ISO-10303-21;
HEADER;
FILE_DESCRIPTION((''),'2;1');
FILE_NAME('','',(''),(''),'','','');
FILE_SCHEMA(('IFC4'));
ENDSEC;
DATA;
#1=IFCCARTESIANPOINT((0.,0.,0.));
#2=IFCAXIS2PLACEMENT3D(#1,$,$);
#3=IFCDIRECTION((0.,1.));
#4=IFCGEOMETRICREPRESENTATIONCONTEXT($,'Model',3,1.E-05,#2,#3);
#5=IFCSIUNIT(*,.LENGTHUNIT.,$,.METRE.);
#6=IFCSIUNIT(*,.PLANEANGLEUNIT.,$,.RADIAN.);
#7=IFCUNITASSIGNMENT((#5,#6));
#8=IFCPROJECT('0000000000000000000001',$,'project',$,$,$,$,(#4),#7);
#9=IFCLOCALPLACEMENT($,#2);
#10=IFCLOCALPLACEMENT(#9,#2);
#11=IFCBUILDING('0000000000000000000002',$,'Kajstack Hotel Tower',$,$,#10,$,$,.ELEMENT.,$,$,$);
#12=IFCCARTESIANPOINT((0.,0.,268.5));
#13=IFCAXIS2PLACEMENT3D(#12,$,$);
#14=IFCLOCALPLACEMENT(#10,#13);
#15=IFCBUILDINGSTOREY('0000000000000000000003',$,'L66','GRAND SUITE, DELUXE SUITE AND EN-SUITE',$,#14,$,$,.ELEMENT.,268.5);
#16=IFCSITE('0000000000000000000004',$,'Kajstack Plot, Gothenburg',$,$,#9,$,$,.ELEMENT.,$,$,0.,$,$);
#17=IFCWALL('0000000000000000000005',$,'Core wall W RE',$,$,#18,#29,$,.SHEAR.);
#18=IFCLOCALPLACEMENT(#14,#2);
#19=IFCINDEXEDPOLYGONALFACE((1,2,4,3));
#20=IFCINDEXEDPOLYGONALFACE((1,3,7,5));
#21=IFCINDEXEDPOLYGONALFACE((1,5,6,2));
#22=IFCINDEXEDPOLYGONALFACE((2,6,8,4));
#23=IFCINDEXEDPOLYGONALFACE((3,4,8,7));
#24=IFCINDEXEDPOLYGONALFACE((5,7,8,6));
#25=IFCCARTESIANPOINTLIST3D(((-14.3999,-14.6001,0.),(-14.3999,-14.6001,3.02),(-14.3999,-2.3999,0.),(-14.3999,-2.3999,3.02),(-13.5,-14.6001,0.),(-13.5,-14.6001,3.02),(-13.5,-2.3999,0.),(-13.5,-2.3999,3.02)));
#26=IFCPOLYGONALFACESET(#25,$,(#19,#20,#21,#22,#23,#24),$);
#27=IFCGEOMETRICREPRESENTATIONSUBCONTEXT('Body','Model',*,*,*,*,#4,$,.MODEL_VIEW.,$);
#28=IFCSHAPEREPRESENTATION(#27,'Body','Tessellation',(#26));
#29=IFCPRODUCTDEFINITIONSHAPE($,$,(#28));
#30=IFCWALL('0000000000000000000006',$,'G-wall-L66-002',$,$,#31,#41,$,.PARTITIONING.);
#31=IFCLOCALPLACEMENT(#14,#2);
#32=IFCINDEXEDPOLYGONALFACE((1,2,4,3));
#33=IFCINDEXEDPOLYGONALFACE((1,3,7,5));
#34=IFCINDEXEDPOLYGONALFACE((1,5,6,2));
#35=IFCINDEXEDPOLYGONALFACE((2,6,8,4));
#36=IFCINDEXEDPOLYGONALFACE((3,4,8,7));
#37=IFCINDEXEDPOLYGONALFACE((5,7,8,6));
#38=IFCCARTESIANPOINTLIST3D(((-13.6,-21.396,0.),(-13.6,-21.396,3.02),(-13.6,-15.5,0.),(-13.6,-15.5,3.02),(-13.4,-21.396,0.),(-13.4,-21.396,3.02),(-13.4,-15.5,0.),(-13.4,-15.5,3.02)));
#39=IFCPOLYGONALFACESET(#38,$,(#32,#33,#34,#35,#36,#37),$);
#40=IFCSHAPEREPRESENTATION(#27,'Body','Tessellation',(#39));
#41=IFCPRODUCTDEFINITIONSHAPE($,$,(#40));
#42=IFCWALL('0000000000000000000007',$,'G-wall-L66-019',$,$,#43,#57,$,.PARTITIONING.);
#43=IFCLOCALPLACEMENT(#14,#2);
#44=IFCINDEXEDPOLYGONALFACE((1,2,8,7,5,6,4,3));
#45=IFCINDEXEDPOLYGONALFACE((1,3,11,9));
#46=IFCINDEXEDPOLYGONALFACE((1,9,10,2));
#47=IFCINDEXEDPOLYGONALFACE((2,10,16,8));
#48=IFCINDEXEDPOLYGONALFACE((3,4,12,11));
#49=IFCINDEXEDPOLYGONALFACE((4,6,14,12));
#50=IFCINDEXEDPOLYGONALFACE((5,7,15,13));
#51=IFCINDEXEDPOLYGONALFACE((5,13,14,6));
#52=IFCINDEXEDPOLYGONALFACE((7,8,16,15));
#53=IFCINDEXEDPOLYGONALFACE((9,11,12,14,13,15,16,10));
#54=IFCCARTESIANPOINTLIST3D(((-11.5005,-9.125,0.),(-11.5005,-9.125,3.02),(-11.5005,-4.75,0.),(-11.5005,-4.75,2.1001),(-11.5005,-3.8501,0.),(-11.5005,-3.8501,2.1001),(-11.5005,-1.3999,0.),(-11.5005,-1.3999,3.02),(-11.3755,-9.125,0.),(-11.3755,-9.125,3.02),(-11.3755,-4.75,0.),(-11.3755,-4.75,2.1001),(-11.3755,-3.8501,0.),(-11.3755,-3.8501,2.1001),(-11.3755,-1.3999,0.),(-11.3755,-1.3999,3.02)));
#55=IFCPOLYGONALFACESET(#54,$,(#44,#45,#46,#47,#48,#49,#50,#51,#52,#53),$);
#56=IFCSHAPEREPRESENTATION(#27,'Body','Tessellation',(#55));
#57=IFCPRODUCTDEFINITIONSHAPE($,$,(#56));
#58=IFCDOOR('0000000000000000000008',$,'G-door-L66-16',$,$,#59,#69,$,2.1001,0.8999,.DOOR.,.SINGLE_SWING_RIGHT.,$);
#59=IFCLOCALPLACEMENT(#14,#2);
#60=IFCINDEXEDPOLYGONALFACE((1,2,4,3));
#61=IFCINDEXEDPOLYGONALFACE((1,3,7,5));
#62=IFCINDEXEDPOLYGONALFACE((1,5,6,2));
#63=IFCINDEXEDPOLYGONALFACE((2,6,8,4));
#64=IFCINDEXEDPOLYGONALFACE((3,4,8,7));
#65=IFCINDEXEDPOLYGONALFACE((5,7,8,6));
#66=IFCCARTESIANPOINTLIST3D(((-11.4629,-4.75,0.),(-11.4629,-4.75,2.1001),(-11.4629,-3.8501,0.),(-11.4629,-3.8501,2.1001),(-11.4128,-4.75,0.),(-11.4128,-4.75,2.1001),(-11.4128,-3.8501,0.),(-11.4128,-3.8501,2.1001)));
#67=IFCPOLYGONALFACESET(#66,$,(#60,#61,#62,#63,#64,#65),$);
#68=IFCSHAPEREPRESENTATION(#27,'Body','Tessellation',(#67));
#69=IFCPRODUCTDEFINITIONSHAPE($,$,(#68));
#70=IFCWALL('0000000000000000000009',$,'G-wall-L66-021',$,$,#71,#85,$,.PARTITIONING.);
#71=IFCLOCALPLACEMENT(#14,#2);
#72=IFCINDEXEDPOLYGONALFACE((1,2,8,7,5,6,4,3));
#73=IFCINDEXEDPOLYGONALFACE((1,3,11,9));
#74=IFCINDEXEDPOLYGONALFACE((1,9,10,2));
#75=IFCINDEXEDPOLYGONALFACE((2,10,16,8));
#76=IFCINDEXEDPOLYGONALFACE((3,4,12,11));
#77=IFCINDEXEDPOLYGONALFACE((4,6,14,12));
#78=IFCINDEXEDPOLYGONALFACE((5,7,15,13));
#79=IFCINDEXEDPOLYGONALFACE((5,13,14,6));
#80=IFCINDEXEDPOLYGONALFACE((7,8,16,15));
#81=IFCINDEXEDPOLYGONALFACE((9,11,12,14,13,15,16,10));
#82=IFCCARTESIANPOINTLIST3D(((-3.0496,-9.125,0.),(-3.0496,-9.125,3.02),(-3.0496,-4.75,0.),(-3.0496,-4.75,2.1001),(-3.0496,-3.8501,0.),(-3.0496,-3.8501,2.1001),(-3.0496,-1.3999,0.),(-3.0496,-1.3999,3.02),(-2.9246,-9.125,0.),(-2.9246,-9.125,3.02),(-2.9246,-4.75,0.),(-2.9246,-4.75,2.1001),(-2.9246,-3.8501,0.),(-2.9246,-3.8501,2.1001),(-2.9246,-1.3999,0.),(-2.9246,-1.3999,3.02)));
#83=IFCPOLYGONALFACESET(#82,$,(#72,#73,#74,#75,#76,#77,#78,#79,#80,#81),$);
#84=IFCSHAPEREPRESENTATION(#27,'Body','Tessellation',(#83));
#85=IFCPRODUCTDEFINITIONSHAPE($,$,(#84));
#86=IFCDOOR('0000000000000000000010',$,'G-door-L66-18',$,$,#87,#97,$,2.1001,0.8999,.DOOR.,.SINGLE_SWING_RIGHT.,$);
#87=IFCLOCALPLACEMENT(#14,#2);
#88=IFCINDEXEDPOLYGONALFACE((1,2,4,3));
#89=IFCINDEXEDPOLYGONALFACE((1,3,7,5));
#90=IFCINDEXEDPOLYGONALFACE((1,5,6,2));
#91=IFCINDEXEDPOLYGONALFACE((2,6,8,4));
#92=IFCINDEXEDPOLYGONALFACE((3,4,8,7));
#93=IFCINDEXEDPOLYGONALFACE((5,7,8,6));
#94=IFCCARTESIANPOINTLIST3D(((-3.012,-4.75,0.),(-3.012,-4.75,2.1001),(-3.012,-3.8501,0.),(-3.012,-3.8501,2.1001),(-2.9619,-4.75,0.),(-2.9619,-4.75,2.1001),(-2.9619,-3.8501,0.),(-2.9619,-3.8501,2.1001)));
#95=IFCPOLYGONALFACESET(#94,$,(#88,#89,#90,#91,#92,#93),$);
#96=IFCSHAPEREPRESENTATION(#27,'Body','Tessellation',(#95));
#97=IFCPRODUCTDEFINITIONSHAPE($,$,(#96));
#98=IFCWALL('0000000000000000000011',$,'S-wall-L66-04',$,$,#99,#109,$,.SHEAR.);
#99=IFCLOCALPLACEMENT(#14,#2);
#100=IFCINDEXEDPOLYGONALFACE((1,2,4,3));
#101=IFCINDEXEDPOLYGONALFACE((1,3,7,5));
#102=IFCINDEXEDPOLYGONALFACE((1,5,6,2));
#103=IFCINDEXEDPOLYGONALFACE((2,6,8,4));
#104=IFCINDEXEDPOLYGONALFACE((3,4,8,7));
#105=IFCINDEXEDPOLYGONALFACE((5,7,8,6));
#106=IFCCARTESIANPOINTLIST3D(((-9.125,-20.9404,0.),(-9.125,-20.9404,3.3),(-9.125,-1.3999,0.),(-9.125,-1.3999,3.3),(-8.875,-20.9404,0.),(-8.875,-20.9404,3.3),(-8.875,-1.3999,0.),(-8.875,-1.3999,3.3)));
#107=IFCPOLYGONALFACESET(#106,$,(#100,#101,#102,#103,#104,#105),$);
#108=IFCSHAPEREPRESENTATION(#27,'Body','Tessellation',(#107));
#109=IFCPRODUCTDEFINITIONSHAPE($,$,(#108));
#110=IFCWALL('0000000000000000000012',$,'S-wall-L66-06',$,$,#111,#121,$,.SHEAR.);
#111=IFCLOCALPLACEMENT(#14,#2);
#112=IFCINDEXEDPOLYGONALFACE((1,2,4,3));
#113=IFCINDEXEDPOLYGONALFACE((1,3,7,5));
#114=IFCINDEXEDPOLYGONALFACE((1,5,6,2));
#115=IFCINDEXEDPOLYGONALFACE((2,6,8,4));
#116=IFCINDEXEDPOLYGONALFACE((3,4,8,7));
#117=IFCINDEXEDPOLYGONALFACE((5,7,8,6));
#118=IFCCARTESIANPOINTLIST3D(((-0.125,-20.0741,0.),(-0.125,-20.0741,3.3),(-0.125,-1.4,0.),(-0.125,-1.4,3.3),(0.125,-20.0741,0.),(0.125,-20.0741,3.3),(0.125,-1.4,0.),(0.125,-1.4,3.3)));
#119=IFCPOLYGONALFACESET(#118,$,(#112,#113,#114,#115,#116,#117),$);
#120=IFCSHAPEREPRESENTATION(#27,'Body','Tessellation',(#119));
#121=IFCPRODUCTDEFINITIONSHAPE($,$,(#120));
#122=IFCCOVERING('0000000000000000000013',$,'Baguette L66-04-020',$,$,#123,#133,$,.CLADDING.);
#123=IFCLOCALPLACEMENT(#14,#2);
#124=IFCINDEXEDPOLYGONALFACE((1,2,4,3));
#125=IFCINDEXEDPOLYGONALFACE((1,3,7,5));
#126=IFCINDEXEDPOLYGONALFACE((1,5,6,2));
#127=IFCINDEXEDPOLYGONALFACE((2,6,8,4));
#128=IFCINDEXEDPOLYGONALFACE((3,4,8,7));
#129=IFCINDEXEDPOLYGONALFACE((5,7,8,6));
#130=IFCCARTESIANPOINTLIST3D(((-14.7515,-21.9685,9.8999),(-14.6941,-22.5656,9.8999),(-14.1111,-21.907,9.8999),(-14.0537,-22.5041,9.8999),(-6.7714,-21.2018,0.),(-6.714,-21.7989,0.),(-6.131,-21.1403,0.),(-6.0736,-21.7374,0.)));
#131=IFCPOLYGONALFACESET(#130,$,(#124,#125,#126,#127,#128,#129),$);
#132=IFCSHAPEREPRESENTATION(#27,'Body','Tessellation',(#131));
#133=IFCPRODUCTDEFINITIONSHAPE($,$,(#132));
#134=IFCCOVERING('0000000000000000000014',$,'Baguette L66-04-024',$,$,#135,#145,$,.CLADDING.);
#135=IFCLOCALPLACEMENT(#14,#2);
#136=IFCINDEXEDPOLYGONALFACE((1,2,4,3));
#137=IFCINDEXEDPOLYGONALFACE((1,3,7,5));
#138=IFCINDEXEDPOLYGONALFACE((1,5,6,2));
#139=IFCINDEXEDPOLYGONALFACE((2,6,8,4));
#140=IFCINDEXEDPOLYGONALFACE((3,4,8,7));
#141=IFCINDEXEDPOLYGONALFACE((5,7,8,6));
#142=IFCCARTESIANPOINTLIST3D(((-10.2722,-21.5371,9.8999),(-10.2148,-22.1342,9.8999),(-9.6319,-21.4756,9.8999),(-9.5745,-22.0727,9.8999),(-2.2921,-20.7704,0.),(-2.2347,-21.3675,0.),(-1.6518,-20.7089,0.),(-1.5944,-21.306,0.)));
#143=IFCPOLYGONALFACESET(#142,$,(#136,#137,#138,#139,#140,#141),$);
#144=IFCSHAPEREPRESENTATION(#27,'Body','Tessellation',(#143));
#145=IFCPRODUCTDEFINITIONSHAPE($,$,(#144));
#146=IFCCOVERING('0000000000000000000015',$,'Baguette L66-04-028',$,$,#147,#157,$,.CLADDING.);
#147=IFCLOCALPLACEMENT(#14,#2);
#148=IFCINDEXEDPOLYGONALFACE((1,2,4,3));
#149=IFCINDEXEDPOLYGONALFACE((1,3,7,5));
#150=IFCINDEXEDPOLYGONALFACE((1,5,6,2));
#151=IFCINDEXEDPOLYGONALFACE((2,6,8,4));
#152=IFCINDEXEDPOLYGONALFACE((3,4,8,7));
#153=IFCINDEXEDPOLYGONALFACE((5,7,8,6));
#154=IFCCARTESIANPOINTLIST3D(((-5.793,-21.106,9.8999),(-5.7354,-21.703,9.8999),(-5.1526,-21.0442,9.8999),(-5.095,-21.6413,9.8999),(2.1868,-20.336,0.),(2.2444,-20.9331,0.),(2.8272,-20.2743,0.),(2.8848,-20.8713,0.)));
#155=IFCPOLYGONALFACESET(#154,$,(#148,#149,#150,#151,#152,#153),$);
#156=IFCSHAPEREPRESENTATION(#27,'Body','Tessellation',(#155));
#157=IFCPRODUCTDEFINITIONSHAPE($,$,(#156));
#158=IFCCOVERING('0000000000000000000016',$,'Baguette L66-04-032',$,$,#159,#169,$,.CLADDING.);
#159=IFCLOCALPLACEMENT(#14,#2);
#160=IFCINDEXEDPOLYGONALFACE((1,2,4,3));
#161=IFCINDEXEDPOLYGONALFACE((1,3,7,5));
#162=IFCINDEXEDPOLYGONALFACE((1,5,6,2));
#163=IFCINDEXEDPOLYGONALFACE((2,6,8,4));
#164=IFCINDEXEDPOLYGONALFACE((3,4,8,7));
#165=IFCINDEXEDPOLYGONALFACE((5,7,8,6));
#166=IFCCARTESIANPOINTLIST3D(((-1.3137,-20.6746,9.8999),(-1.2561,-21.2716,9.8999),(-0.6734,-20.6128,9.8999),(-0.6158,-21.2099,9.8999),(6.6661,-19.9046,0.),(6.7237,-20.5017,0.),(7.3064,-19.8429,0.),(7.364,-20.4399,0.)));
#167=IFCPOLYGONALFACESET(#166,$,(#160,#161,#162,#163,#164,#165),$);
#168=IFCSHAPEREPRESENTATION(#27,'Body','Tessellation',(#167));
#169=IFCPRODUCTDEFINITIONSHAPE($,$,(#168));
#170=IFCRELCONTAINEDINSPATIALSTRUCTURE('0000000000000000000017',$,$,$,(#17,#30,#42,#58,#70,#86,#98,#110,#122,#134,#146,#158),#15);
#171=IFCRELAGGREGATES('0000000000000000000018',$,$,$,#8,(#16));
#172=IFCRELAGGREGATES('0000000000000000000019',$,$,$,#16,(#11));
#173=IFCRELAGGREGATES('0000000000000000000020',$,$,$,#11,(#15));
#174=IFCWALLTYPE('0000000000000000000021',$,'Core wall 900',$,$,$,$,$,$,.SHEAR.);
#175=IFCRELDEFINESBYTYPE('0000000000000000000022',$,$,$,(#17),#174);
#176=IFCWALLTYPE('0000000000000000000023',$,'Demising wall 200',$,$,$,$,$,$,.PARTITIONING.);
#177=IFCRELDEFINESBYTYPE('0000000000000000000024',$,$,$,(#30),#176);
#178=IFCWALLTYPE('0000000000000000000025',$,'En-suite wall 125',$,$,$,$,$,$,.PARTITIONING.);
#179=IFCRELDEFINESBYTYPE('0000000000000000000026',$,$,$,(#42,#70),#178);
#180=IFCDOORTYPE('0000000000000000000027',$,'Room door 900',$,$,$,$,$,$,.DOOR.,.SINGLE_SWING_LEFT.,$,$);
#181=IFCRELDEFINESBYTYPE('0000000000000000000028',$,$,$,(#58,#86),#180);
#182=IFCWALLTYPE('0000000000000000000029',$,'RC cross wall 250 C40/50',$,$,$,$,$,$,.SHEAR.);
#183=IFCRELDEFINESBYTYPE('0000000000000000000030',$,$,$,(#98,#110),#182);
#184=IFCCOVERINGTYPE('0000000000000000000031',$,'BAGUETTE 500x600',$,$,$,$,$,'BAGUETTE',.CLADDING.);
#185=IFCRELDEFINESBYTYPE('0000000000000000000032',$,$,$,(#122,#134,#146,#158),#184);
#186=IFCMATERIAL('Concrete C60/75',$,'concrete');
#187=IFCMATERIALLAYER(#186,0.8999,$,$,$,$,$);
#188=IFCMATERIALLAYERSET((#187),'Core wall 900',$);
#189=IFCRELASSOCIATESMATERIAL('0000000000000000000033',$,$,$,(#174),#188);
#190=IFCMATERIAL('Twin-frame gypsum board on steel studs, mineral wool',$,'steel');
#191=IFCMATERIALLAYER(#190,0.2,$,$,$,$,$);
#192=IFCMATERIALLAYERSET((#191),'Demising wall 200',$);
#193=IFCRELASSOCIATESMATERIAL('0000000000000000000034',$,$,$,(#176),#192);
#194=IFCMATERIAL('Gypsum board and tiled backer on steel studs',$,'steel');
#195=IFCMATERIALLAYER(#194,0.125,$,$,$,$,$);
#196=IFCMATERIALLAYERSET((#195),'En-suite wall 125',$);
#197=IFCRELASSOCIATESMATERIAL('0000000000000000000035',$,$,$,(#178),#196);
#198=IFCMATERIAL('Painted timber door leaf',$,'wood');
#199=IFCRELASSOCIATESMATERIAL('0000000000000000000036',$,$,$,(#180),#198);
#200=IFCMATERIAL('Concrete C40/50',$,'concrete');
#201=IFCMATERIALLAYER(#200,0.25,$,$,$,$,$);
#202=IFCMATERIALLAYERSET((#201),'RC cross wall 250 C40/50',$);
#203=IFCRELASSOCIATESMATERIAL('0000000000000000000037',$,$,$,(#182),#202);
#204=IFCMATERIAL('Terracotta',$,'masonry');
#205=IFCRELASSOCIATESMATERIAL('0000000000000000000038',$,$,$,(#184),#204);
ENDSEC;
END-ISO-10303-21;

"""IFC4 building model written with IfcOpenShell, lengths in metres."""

from ifc_helpers import new_model, si_unit, direction, frame, frame_2d, origin, origin_2d, place, context, subcontext, project, spatial, polyline, rectangle, outline, extrude, material, layer, layer_set, material_profile, profile_set, type_object, element, fill, save


model = new_model("IFC4")

# Units and contexts
model_context = context("Model", 3, precision=1e-05, world=origin(), true_north=direction((0.0, 1.0)))
body_context = subcontext(model_context, "Body", "Model", "MODEL_VIEW")
ifc_project = project(units=[si_unit("LENGTHUNIT", "METRE"), si_unit("PLANEANGLEUNIT", "RADIAN")], contexts=[model_context])

# Site, building, storey
site_placement = place(None, origin())
site = spatial("IfcSite", under=ifc_project, at=site_placement, Name="Kajstack Plot, Gothenburg", CompositionType="ELEMENT", RefElevation=0.0)
building_placement = place(site_placement, origin())
building = spatial("IfcBuilding", under=site, at=building_placement, Name="Kajstack Hotel Tower", CompositionType="ELEMENT")
storey_placement = place(building_placement, frame((0.0, 0.0, 268.5)))
storey = spatial("IfcBuildingStorey", under=building, at=storey_placement, Name="L66", Description="GRAND SUITE, DELUXE SUITE AND EN-SUITE", CompositionType="ELEMENT", Elevation=268.5)

# Walls
ifc_material_1 = material(Name="Concrete C60/75", Category="concrete")
ifc_layer_1 = layer(ifc_material_1, 0.8999)
ifc_layer_set_1 = layer_set([ifc_layer_1], Name="Core wall 900")
wall_type_1 = type_object("IfcWallType", Name="Core wall 900", PredefinedType="SHEAR", material=ifc_layer_set_1)
wall_1_placement = place(storey_placement, frame((-13.95, -14.6001, 0.0), z_axis=(0.0, 0.0, 1.0), x_axis=(0.0, 1.0, 0.0)))
element("IfcWall", 1, at=wall_1_placement, inside=storey, type_object=wall_type_1, Name="Core wall W RE", PredefinedType="SHEAR", context=body_context, shape_type="SweptSolid", body=[
    extrude(rectangle(XDim=12.2002, YDim=0.8999, at=frame_2d((6.1001, 0.0))), origin(), (0.0, 0.0, 1.0), 3.02),
])
ifc_material_2 = material(Name="Twin-frame gypsum board on steel studs, mineral wool", Category="steel")
ifc_layer_2 = layer(ifc_material_2, 0.2)
ifc_layer_set_2 = layer_set([ifc_layer_2], Name="Demising wall 200")
wall_type_2 = type_object("IfcWallType", Name="Demising wall 200", PredefinedType="PARTITIONING", material=ifc_layer_set_2)
wall_2_placement = place(storey_placement, frame((-13.5, -21.396, 0.0), z_axis=(0.0, 0.0, 1.0), x_axis=(0.0, 1.0, 0.0)))
element("IfcWall", 2, at=wall_2_placement, inside=storey, type_object=wall_type_2, Name="G-wall-L66-002", PredefinedType="PARTITIONING", context=body_context, shape_type="SweptSolid", body=[
    extrude(rectangle(XDim=5.896, YDim=0.2, at=frame_2d((2.948, 0.0))), origin(), (0.0, 0.0, 1.0), 3.02),
])

# Walls, openings, doors
ifc_material_3 = material(Name="Gypsum board and tiled backer on steel studs", Category="steel")
ifc_layer_3 = layer(ifc_material_3, 0.125)
ifc_layer_set_3 = layer_set([ifc_layer_3], Name="En-suite wall 125")
wall_type_3 = type_object("IfcWallType", Name="En-suite wall 125", PredefinedType="PARTITIONING", material=ifc_layer_set_3)
wall_3_placement = place(storey_placement, frame((-11.438, -9.125, 0.0), z_axis=(0.0, 0.0, 1.0), x_axis=(0.0, 1.0, 0.0)))
wall_3 = element("IfcWall", 3, at=wall_3_placement, inside=storey, type_object=wall_type_3, Name="G-wall-L66-019", PredefinedType="PARTITIONING", context=body_context, shape_type="SweptSolid", body=[
    extrude(rectangle(XDim=7.7251, YDim=0.125, at=frame_2d((3.8625, 0.0))), origin(), (0.0, 0.0, 1.0), 3.02),
])
opening_1_placement = place(wall_3_placement, frame((4.375, 0.0, 0.0)))
opening_1 = element("IfcOpeningElement", 4, at=opening_1_placement, cuts=wall_3, PredefinedType="OPENING", context=body_context, shape_type="SweptSolid", body=[
    extrude(rectangle(XDim=0.8999, YDim=2.1001, at=frame_2d((0.45, 1.05))), frame((0.0, 0.0725, 0.0), z_axis=(0.0, -1.0, 0.0), x_axis=(1.0, 0.0, 0.0)), (0.0, 0.0, 1.0), 0.145),
])
ifc_material_4 = material(Name="Painted timber door leaf", Category="wood")
door_type = type_object("IfcDoorType", Name="Room door 900", OperationType="SINGLE_SWING_LEFT", PredefinedType="DOOR", material=ifc_material_4)
door_1_placement = place(opening_1_placement, origin())
door_1 = element("IfcDoor", 5, at=door_1_placement, inside=storey, type_object=door_type, Name="G-door-L66-16", OperationType="SINGLE_SWING_RIGHT", OverallHeight=2.1001, OverallWidth=0.8999, PredefinedType="DOOR", context=body_context, shape_type="SweptSolid", body=[
    extrude(rectangle(XDim=0.8999, YDim=2.1001, at=frame_2d((0.45, 1.05))), frame((0.0, 0.0249, 0.0), z_axis=(0.0, -1.0, 0.0), x_axis=(1.0, 0.0, 0.0)), (0.0, 0.0, 1.0), 0.05),
])
fill(opening_1, door_1)
wall_4_placement = place(storey_placement, frame((-2.9871, -9.125, 0.0), z_axis=(0.0, 0.0, 1.0), x_axis=(0.0, 1.0, 0.0)))
wall_4 = element("IfcWall", 6, at=wall_4_placement, inside=storey, type_object=wall_type_3, Name="G-wall-L66-021", PredefinedType="PARTITIONING", context=body_context, shape_type="SweptSolid", body=[
    extrude(rectangle(XDim=7.7251, YDim=0.125, at=frame_2d((3.8625, 0.0))), origin(), (0.0, 0.0, 1.0), 3.02),
])
opening_2_placement = place(wall_4_placement, frame((4.375, 0.0, 0.0)))
opening_2 = element("IfcOpeningElement", 7, at=opening_2_placement, cuts=wall_4, PredefinedType="OPENING", context=body_context, shape_type="SweptSolid", body=[
    extrude(rectangle(XDim=0.8999, YDim=2.1001, at=frame_2d((0.45, 1.05))), frame((0.0, 0.0725, 0.0), z_axis=(0.0, -1.0, 0.0), x_axis=(1.0, 0.0, 0.0)), (0.0, 0.0, 1.0), 0.145),
])
door_2_placement = place(opening_2_placement, origin())
door_2 = element("IfcDoor", 8, at=door_2_placement, inside=storey, type_object=door_type, Name="G-door-L66-18", OperationType="SINGLE_SWING_RIGHT", OverallHeight=2.1001, OverallWidth=0.8999, PredefinedType="DOOR", context=body_context, shape_type="SweptSolid", body=[
    extrude(rectangle(XDim=0.8999, YDim=2.1001, at=frame_2d((0.45, 1.05))), frame((0.0, 0.0249, 0.0), z_axis=(0.0, -1.0, 0.0), x_axis=(1.0, 0.0, 0.0)), (0.0, 0.0, 1.0), 0.05),
])
fill(opening_2, door_2)

# Walls
ifc_material_5 = material(Name="Concrete C40/50", Category="concrete")
ifc_layer_4 = layer(ifc_material_5, 0.25)
ifc_layer_set_4 = layer_set([ifc_layer_4], Name="RC cross wall 250 C40/50")
wall_type_4 = type_object("IfcWallType", Name="RC cross wall 250 C40/50", PredefinedType="SHEAR", material=ifc_layer_set_4)
wall_5_placement = place(storey_placement, frame((-9.0, -20.9404, 0.0), z_axis=(0.0, 0.0, 1.0), x_axis=(0.0, 1.0, 0.0)))
element("IfcWall", 9, at=wall_5_placement, inside=storey, type_object=wall_type_4, Name="S-wall-L66-04", PredefinedType="SHEAR", context=body_context, shape_type="SweptSolid", body=[
    extrude(rectangle(XDim=19.5405, YDim=0.25, at=frame_2d((9.7703, 0.0))), origin(), (0.0, 0.0, 1.0), 3.3),
])
wall_6_placement = place(storey_placement, frame((0.0, -20.074, 0.0), z_axis=(0.0, 0.0, 1.0), x_axis=(0.0, 1.0, 0.0)))
element("IfcWall", 10, at=wall_6_placement, inside=storey, type_object=wall_type_4, Name="S-wall-L66-06", PredefinedType="SHEAR", context=body_context, shape_type="SweptSolid", body=[
    extrude(rectangle(XDim=18.6741, YDim=0.25, at=frame_2d((9.3369, 0.0))), origin(), (0.0, 0.0, 1.0), 3.3),
])

# Coverings
ifc_material_6 = material(Name="Terracotta", Category="masonry")
ifc_material_profile = material_profile(ifc_material_6, rectangle(XDim=0.6001, YDim=0.5, at=origin_2d()), Name="Terracotta-clad concrete baguette 500 x 600")
ifc_profile_set = profile_set([ifc_material_profile], Name="Terracotta")
covering_type = type_object("IfcCoveringType", Name="BAGUETTE 500x600", ElementType="BAGUETTE", PredefinedType="CLADDING", material=ifc_profile_set)
for number, where, z_axis, x_axis, name in (
    (11, (-14.7515, -21.9685, 0.0), (0.095635, -0.995416, 0.0), (0.995416, 0.095635, 0.0), "Baguette L66-04-020"),
    (12, (-10.2722, -21.5371, 0.0), (0.095635, -0.995416, 0.0), (0.995416, 0.095635, 0.0), "Baguette L66-04-024"),
    (13, (-5.793, -21.106, 0.0), (0.096038, -0.995378, 0.0), (0.995378, 0.096038, 0.0), "Baguette L66-04-028"),
    (14, (-1.3137, -20.6746, 0.0), (0.096038, -0.995378, 0.0), (0.995378, 0.096038, 0.0), "Baguette L66-04-032"),
):
    element("IfcCovering", number, at=place(storey_placement, frame(where, z_axis=z_axis, x_axis=x_axis)), inside=storey, type_object=covering_type, Name=name, PredefinedType="CLADDING", context=body_context, shape_type="SweptSolid", body=[
        extrude(outline(polyline([(0.0, 9.8999), (8.0168, 0.0), (8.6602, 0.0), (0.6433, 9.8999), (0.0, 9.8999)])), origin(), (0.0, 0.0, 1.0), 0.5999),
    ])

save(model, "model.ifc")
